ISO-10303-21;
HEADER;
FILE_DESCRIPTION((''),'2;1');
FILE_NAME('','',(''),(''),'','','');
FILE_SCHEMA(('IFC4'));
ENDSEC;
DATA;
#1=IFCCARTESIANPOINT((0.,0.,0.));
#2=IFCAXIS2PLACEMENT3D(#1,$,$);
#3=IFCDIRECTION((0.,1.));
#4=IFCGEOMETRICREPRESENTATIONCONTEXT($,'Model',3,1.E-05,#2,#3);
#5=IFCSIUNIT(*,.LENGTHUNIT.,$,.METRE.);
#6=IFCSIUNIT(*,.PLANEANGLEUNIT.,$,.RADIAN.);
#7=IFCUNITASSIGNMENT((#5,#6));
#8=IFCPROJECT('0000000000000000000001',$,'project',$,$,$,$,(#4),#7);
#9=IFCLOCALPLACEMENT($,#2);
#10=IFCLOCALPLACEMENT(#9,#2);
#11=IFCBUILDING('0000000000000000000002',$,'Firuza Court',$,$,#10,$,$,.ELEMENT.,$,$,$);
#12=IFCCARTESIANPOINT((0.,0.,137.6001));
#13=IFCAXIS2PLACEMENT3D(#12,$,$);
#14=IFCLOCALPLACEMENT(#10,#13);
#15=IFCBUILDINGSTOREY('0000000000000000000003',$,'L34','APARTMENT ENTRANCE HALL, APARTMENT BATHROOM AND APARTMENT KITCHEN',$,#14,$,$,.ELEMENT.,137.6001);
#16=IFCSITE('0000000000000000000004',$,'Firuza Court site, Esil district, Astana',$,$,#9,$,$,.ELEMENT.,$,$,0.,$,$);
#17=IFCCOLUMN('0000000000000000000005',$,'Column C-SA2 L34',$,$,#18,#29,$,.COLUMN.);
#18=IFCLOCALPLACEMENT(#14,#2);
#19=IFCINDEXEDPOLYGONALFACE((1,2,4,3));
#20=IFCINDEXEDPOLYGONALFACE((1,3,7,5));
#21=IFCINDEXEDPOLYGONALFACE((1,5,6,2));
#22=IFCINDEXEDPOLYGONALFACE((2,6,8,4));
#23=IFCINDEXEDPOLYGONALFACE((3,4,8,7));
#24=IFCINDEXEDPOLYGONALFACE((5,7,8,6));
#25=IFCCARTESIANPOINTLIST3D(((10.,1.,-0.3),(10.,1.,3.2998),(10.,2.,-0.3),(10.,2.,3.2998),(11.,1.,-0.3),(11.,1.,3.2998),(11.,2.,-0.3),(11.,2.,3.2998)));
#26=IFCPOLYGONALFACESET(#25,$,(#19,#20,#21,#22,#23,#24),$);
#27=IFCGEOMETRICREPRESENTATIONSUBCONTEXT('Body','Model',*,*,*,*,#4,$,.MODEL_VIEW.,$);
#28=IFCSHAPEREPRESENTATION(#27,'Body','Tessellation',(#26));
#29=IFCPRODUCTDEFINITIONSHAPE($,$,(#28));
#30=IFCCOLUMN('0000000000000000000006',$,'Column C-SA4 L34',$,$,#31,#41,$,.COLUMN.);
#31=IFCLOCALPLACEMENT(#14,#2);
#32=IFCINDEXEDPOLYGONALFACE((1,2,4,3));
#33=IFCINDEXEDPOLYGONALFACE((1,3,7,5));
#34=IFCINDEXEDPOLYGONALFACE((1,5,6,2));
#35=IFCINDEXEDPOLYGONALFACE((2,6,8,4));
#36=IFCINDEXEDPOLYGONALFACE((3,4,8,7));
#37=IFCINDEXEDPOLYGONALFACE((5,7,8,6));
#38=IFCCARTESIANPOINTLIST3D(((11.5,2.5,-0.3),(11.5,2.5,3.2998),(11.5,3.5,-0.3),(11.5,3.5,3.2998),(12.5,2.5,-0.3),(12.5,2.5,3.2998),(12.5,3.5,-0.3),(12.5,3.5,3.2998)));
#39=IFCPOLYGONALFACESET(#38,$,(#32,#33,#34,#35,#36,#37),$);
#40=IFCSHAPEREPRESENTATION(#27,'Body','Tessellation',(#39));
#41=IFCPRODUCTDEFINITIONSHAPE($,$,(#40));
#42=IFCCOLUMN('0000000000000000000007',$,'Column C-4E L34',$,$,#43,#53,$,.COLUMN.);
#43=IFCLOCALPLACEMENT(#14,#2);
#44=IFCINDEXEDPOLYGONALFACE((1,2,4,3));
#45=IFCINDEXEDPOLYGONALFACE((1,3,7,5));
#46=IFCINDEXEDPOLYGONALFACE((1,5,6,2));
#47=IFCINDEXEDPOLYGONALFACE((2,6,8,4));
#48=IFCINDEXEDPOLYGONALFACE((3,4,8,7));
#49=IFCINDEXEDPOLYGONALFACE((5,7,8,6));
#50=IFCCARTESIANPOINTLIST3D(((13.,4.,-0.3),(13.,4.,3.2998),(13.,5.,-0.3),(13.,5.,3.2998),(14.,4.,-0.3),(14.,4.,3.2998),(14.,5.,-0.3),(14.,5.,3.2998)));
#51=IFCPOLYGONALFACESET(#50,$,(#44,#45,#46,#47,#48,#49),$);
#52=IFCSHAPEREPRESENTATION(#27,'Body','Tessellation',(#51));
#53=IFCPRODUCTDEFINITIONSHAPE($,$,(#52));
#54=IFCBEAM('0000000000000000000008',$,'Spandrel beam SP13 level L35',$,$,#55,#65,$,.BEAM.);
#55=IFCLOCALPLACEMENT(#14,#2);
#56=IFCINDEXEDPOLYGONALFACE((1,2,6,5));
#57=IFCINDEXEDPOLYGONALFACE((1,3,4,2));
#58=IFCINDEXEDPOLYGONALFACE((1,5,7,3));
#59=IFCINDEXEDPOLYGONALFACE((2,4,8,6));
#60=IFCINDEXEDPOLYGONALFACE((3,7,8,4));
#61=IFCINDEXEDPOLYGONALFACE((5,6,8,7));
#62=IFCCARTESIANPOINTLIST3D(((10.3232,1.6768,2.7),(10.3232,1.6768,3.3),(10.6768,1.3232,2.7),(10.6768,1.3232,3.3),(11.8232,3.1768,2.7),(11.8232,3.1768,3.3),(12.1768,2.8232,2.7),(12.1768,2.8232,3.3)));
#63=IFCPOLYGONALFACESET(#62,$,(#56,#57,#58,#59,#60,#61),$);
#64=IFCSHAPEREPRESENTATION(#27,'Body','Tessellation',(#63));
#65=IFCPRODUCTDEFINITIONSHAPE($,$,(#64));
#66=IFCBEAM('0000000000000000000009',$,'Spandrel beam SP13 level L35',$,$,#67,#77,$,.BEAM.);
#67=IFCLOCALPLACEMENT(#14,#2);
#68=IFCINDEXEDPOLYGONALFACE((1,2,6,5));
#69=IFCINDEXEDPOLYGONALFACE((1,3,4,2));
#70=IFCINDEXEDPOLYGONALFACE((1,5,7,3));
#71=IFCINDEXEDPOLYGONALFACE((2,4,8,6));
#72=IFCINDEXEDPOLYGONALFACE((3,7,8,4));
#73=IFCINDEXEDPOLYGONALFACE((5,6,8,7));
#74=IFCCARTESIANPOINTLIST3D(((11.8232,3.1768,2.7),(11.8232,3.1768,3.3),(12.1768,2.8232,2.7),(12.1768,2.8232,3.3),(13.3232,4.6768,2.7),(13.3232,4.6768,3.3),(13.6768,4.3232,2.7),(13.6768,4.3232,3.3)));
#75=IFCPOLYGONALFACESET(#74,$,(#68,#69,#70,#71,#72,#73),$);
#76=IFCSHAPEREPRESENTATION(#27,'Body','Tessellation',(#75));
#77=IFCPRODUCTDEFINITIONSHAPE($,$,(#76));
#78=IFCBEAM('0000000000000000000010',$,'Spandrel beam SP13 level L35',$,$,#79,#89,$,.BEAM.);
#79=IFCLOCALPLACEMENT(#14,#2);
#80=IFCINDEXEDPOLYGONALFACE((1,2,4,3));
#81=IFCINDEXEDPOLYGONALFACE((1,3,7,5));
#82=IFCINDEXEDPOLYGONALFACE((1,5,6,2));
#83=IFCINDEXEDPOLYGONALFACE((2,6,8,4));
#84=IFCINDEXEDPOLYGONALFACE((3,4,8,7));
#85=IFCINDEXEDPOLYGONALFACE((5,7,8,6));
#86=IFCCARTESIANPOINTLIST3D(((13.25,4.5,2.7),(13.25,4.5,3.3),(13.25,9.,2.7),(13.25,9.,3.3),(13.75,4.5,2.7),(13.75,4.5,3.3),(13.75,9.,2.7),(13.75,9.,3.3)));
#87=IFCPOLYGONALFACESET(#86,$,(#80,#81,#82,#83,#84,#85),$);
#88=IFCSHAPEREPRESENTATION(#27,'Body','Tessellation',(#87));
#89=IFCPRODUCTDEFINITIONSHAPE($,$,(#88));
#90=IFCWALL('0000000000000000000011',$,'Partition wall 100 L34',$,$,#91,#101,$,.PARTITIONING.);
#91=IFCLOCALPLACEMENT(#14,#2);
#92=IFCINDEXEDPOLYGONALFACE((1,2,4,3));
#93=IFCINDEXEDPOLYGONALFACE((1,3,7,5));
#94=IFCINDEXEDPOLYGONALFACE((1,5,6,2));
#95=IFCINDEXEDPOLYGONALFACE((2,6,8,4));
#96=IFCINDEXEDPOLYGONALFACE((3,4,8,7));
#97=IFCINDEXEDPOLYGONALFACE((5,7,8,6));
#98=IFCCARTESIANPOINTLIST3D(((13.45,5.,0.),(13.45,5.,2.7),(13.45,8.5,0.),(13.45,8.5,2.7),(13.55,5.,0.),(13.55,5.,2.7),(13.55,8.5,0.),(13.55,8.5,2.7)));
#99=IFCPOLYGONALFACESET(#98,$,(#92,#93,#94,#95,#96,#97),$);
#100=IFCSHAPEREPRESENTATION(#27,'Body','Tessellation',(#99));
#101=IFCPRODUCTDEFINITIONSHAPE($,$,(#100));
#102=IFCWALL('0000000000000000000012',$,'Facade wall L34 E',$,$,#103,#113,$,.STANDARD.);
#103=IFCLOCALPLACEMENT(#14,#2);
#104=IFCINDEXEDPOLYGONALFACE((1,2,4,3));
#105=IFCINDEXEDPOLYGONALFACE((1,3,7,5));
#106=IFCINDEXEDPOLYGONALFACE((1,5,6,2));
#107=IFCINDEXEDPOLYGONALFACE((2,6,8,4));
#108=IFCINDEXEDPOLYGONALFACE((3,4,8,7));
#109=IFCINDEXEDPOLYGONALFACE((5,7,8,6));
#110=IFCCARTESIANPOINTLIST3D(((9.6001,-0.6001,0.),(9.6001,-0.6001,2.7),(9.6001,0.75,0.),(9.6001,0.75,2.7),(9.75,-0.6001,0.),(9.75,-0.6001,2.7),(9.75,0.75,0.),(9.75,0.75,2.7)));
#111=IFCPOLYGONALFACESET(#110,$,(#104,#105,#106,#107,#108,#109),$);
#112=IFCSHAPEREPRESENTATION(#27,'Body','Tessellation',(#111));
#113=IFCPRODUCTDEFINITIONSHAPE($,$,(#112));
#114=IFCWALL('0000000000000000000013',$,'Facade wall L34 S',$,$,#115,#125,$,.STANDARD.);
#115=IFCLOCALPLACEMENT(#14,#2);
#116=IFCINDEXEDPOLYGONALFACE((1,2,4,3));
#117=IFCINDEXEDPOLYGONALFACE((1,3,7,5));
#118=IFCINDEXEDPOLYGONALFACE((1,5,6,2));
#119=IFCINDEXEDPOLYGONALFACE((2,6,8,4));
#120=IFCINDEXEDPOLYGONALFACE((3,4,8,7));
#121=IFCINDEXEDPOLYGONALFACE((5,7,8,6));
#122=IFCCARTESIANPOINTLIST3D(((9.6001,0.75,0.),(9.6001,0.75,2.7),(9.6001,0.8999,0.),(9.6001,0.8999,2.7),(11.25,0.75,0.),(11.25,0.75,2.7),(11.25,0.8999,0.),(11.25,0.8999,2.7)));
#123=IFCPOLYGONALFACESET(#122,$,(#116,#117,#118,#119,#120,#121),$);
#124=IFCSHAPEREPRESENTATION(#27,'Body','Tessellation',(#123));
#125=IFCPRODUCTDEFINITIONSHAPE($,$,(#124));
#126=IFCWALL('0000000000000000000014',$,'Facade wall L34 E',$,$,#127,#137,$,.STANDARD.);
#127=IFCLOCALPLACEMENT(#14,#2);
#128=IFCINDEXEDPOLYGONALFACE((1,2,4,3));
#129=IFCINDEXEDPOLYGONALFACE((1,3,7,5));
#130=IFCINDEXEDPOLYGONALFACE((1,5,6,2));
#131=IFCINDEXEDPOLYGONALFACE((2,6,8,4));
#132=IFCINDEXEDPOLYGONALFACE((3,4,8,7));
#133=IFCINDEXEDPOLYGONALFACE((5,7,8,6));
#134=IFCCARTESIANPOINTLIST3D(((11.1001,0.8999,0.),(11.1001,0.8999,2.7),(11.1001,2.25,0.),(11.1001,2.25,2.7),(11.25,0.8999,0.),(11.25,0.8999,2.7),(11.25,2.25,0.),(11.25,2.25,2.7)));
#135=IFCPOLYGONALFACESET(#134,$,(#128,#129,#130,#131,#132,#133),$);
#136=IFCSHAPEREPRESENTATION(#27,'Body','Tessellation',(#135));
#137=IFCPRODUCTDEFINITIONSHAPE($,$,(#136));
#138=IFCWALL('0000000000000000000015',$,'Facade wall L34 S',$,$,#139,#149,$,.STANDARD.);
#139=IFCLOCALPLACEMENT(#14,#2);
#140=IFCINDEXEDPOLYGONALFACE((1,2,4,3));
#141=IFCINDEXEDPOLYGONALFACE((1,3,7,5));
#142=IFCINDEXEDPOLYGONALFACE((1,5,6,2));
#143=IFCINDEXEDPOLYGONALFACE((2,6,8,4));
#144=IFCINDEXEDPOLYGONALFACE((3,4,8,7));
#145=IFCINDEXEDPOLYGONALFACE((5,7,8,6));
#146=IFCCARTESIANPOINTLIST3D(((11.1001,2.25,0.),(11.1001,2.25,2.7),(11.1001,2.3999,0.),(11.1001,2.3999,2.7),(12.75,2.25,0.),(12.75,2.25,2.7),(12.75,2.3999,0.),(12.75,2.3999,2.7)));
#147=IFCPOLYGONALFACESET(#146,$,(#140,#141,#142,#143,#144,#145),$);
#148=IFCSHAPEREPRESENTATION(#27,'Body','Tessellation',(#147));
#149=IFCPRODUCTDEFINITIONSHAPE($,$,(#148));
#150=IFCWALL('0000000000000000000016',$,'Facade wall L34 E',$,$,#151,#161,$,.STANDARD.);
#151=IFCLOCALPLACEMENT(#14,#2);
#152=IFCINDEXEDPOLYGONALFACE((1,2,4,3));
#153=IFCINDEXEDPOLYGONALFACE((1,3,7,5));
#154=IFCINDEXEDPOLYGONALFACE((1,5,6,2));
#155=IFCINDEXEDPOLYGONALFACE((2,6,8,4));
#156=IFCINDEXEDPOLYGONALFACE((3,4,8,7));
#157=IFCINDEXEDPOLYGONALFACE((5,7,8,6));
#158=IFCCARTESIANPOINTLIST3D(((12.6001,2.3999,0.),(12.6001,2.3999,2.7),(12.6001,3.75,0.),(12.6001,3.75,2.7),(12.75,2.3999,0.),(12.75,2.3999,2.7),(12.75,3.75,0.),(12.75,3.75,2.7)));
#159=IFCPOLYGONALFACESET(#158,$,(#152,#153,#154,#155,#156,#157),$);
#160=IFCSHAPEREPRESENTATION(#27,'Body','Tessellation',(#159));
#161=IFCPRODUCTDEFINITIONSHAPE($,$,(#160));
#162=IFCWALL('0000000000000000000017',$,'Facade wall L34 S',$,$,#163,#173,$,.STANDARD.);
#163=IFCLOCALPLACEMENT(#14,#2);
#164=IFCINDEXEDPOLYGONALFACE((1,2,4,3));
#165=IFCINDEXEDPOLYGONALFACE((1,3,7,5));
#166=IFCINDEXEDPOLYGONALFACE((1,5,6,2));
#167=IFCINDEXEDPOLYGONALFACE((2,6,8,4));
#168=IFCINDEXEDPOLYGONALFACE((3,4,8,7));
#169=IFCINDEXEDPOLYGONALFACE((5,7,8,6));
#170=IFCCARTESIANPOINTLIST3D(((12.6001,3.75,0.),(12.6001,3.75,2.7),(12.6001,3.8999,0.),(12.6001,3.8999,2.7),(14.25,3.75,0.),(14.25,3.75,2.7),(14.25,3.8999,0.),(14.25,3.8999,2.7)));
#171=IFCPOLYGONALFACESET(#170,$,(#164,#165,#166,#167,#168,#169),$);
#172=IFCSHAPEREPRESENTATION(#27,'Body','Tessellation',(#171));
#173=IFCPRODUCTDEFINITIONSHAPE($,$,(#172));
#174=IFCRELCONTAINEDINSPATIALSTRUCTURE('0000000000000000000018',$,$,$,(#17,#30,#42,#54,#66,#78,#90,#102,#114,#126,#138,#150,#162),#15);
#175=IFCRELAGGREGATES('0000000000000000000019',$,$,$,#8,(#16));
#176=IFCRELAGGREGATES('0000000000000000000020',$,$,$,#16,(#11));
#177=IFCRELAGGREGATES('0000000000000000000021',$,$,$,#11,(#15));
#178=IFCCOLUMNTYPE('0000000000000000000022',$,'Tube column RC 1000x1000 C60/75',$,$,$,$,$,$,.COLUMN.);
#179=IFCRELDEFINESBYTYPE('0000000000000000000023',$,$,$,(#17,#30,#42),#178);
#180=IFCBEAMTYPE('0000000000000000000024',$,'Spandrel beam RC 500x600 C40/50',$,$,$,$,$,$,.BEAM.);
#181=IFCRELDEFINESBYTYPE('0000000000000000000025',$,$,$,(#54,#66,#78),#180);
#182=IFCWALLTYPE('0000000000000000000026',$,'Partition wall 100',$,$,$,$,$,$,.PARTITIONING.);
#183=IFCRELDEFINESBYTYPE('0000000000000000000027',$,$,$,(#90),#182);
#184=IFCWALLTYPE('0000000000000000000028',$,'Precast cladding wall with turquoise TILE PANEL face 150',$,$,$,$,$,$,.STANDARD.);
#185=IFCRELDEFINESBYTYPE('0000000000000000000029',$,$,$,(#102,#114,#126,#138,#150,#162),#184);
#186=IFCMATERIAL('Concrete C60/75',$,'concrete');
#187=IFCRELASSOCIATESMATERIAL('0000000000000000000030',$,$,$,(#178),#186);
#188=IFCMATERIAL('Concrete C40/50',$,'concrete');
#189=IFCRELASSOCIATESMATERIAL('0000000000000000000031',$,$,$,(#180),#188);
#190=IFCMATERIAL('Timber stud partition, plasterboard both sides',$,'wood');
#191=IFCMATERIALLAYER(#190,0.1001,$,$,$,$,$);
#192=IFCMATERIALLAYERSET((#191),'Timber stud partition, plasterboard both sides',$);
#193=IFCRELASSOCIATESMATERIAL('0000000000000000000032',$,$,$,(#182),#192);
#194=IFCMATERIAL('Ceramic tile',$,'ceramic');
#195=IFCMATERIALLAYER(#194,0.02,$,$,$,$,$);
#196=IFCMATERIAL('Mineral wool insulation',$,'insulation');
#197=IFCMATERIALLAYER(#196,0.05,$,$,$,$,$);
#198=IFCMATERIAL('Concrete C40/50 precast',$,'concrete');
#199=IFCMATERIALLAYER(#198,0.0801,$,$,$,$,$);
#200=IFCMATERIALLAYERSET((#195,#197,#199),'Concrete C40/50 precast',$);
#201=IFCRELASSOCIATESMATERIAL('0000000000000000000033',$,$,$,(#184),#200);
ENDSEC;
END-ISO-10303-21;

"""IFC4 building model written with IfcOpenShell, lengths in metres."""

from ifc_helpers import new_model, si_unit, direction, frame, frame_2d, origin, origin_2d, place, context, subcontext, project, spatial, rectangle, extrude, material, layer, layer_set, material_profile, profile_set, type_object, element, save


model = new_model("IFC4")

# Units and contexts
model_context = context("Model", 3, precision=1e-05, world=origin(), true_north=direction((0.0, 1.0)))
body_context = subcontext(model_context, "Body", "Model", "MODEL_VIEW")
ifc_project = project(units=[si_unit("LENGTHUNIT", "METRE"), si_unit("PLANEANGLEUNIT", "RADIAN")], contexts=[model_context])

# Site, building, storey
site_placement = place(None, origin())
site = spatial("IfcSite", under=ifc_project, at=site_placement, Name="Firuza Court site, Esil district, Astana", CompositionType="ELEMENT", RefElevation=0.0)
building_placement = place(site_placement, origin())
building = spatial("IfcBuilding", under=site, at=building_placement, Name="Firuza Court", CompositionType="ELEMENT")
storey_placement = place(building_placement, frame((0.0, 0.0, 137.6001)))
storey = spatial("IfcBuildingStorey", under=building, at=storey_placement, Name="L34", Description="APARTMENT ENTRANCE HALL, APARTMENT BATHROOM AND APARTMENT KITCHEN", CompositionType="ELEMENT", Elevation=137.6001)

# Columns
ifc_material_1 = material(Name="Concrete C60/75", Category="concrete")
ifc_material_profile_1 = material_profile(ifc_material_1, rectangle(XDim=1.0, YDim=1.0, at=origin_2d()), Name="RC 1000x1000")
ifc_profile_set_1 = profile_set([ifc_material_profile_1], Name="Concrete C60/75")
column_type = type_object("IfcColumnType", Name="Tube column RC 1000x1000 C60/75", PredefinedType="COLUMN", material=ifc_profile_set_1)
for number, where, z_axis, x_axis, name in (
    (1, (10.5, 1.5, -0.3), (0.0, 0.0, 1.0), (1.0, 0.0, 0.0), "Column C-SA2 L34"),
    (2, (12.0, 3.0, -0.3), (0.0, 0.0, 1.0), (1.0, 0.0, 0.0), "Column C-SA4 L34"),
    (3, (13.5, 4.5, -0.3), (0.0, 0.0, 1.0), (1.0, 0.0, 0.0), "Column C-4E L34"),
):
    element("IfcColumn", number, at=place(storey_placement, frame(where, z_axis=z_axis, x_axis=x_axis)), inside=storey, type_object=column_type, Name=name, PredefinedType="COLUMN", context=body_context, shape_type="SweptSolid", body=[
        extrude(rectangle(XDim=1.0, YDim=1.0, at=origin_2d()), origin(), (0.0, 0.0, 1.0), 3.5999),
    ])

# Beams
ifc_material_2 = material(Name="Concrete C40/50", Category="concrete")
ifc_material_profile_2 = material_profile(ifc_material_2, rectangle(XDim=0.5, YDim=0.6001, at=origin_2d()), Name="RC 500x600")
ifc_profile_set_2 = profile_set([ifc_material_profile_2], Name="Concrete C40/50")
beam_type = type_object("IfcBeamType", Name="Spandrel beam RC 500x600 C40/50", PredefinedType="BEAM", material=ifc_profile_set_2)
for number, where, z_axis, x_axis, name in (
    (4, (10.5, 1.5, 3.0), (0.707107, 0.707107, 0.0), (-0.707107, 0.707107, 0.0), "Spandrel beam SP13 level L35"),
    (5, (12.0, 3.0, 3.0), (0.707107, 0.707107, 0.0), (-0.707107, 0.707107, 0.0), "Spandrel beam SP13 level L35"),
):
    element("IfcBeam", number, at=place(storey_placement, frame(where, z_axis=z_axis, x_axis=x_axis)), inside=storey, type_object=beam_type, Name=name, PredefinedType="BEAM", context=body_context, shape_type="SweptSolid", body=[
        extrude(rectangle(XDim=0.5, YDim=0.6001, at=origin_2d()), origin(), (0.0, 0.0, 1.0), 2.1213),
    ])
beam_placement = place(storey_placement, frame((13.5, 4.5, 3.0), z_axis=(0.0, 1.0, 0.0), x_axis=(-1.0, 0.0, 0.0)))
element("IfcBeam", 6, at=beam_placement, inside=storey, type_object=beam_type, Name="Spandrel beam SP13 level L35", PredefinedType="BEAM", context=body_context, shape_type="SweptSolid", body=[
    extrude(rectangle(XDim=0.5, YDim=0.6001, at=origin_2d()), origin(), (0.0, 0.0, 1.0), 4.5),
])

# Walls
ifc_material_3 = material(Name="Timber stud partition, plasterboard both sides", Category="wood")
ifc_layer_1 = layer(ifc_material_3, 0.1001)
ifc_layer_set_1 = layer_set([ifc_layer_1], Name="Timber stud partition, plasterboard both sides")
wall_type_1 = type_object("IfcWallType", Name="Partition wall 100", PredefinedType="PARTITIONING", material=ifc_layer_set_1)
wall_1_placement = place(storey_placement, frame((13.5, 5.0, 0.0), z_axis=(0.0, 0.0, 1.0), x_axis=(0.0, 1.0, 0.0)))
element("IfcWall", 7, at=wall_1_placement, inside=storey, type_object=wall_type_1, Name="Partition wall 100 L34", PredefinedType="PARTITIONING", context=body_context, shape_type="SweptSolid", body=[
    extrude(rectangle(XDim=3.5, YDim=0.1001, at=frame_2d((1.75, 0.0))), origin(), (0.0, 0.0, 1.0), 2.7),
])
ifc_material_4 = material(Name="Ceramic tile", Category="ceramic")
ifc_layer_2 = layer(ifc_material_4, 0.02)
ifc_material_5 = material(Name="Mineral wool insulation", Category="insulation")
ifc_layer_3 = layer(ifc_material_5, 0.05)
ifc_material_6 = material(Name="Concrete C40/50 precast", Category="concrete")
ifc_layer_4 = layer(ifc_material_6, 0.0801)
ifc_layer_set_2 = layer_set([ifc_layer_2, ifc_layer_3, ifc_layer_4], Name="Concrete C40/50 precast")
wall_type_2 = type_object("IfcWallType", Name="Precast cladding wall with turquoise TILE PANEL face 150", PredefinedType="STANDARD", material=ifc_layer_set_2)
wall_2_placement = place(storey_placement, frame((9.675, -0.6001, 0.0), z_axis=(0.0, 0.0, 1.0), x_axis=(0.0, 1.0, 0.0)))
element("IfcWall", 8, at=wall_2_placement, inside=storey, type_object=wall_type_2, Name="Facade wall L34 E", PredefinedType="STANDARD", context=body_context, shape_type="SweptSolid", body=[
    extrude(rectangle(XDim=1.3501, YDim=0.1499, at=frame_2d((0.675, 0.0))), origin(), (0.0, 0.0, 1.0), 2.7),
])
wall_3_placement = place(storey_placement, frame((9.6001, 0.825, 0.0), z_axis=(0.0, 0.0, 1.0), x_axis=(1.0, 0.0, 0.0)))
element("IfcWall", 9, at=wall_3_placement, inside=storey, type_object=wall_type_2, Name="Facade wall L34 S", PredefinedType="STANDARD", context=body_context, shape_type="SweptSolid", body=[
    extrude(rectangle(XDim=1.6499, YDim=0.1499, at=frame_2d((0.825, 0.0))), origin(), (0.0, 0.0, 1.0), 2.7),
])
wall_4_placement = place(storey_placement, frame((11.175, 0.8999, 0.0), z_axis=(0.0, 0.0, 1.0), x_axis=(0.0, 1.0, 0.0)))
element("IfcWall", 10, at=wall_4_placement, inside=storey, type_object=wall_type_2, Name="Facade wall L34 E", PredefinedType="STANDARD", context=body_context, shape_type="SweptSolid", body=[
    extrude(rectangle(XDim=1.3501, YDim=0.1499, at=frame_2d((0.675, 0.0))), origin(), (0.0, 0.0, 1.0), 2.7),
])
wall_5_placement = place(storey_placement, frame((11.1001, 2.325, 0.0), z_axis=(0.0, 0.0, 1.0), x_axis=(1.0, 0.0, 0.0)))
element("IfcWall", 11, at=wall_5_placement, inside=storey, type_object=wall_type_2, Name="Facade wall L34 S", PredefinedType="STANDARD", context=body_context, shape_type="SweptSolid", body=[
    extrude(rectangle(XDim=1.6499, YDim=0.1499, at=frame_2d((0.825, 0.0))), origin(), (0.0, 0.0, 1.0), 2.7),
])
wall_6_placement = place(storey_placement, frame((12.675, 2.3999, 0.0), z_axis=(0.0, 0.0, 1.0), x_axis=(0.0, 1.0, 0.0)))
element("IfcWall", 12, at=wall_6_placement, inside=storey, type_object=wall_type_2, Name="Facade wall L34 E", PredefinedType="STANDARD", context=body_context, shape_type="SweptSolid", body=[
    extrude(rectangle(XDim=1.3501, YDim=0.1499, at=frame_2d((0.675, 0.0))), origin(), (0.0, 0.0, 1.0), 2.7),
])
wall_7_placement = place(storey_placement, frame((12.6001, 3.825, 0.0), z_axis=(0.0, 0.0, 1.0), x_axis=(1.0, 0.0, 0.0)))
element("IfcWall", 13, at=wall_7_placement, inside=storey, type_object=wall_type_2, Name="Facade wall L34 S", PredefinedType="STANDARD", context=body_context, shape_type="SweptSolid", body=[
    extrude(rectangle(XDim=1.6499, YDim=0.1499, at=frame_2d((0.825, 0.0))), origin(), (0.0, 0.0, 1.0), 2.7),
])

save(model, "model.ifc")
